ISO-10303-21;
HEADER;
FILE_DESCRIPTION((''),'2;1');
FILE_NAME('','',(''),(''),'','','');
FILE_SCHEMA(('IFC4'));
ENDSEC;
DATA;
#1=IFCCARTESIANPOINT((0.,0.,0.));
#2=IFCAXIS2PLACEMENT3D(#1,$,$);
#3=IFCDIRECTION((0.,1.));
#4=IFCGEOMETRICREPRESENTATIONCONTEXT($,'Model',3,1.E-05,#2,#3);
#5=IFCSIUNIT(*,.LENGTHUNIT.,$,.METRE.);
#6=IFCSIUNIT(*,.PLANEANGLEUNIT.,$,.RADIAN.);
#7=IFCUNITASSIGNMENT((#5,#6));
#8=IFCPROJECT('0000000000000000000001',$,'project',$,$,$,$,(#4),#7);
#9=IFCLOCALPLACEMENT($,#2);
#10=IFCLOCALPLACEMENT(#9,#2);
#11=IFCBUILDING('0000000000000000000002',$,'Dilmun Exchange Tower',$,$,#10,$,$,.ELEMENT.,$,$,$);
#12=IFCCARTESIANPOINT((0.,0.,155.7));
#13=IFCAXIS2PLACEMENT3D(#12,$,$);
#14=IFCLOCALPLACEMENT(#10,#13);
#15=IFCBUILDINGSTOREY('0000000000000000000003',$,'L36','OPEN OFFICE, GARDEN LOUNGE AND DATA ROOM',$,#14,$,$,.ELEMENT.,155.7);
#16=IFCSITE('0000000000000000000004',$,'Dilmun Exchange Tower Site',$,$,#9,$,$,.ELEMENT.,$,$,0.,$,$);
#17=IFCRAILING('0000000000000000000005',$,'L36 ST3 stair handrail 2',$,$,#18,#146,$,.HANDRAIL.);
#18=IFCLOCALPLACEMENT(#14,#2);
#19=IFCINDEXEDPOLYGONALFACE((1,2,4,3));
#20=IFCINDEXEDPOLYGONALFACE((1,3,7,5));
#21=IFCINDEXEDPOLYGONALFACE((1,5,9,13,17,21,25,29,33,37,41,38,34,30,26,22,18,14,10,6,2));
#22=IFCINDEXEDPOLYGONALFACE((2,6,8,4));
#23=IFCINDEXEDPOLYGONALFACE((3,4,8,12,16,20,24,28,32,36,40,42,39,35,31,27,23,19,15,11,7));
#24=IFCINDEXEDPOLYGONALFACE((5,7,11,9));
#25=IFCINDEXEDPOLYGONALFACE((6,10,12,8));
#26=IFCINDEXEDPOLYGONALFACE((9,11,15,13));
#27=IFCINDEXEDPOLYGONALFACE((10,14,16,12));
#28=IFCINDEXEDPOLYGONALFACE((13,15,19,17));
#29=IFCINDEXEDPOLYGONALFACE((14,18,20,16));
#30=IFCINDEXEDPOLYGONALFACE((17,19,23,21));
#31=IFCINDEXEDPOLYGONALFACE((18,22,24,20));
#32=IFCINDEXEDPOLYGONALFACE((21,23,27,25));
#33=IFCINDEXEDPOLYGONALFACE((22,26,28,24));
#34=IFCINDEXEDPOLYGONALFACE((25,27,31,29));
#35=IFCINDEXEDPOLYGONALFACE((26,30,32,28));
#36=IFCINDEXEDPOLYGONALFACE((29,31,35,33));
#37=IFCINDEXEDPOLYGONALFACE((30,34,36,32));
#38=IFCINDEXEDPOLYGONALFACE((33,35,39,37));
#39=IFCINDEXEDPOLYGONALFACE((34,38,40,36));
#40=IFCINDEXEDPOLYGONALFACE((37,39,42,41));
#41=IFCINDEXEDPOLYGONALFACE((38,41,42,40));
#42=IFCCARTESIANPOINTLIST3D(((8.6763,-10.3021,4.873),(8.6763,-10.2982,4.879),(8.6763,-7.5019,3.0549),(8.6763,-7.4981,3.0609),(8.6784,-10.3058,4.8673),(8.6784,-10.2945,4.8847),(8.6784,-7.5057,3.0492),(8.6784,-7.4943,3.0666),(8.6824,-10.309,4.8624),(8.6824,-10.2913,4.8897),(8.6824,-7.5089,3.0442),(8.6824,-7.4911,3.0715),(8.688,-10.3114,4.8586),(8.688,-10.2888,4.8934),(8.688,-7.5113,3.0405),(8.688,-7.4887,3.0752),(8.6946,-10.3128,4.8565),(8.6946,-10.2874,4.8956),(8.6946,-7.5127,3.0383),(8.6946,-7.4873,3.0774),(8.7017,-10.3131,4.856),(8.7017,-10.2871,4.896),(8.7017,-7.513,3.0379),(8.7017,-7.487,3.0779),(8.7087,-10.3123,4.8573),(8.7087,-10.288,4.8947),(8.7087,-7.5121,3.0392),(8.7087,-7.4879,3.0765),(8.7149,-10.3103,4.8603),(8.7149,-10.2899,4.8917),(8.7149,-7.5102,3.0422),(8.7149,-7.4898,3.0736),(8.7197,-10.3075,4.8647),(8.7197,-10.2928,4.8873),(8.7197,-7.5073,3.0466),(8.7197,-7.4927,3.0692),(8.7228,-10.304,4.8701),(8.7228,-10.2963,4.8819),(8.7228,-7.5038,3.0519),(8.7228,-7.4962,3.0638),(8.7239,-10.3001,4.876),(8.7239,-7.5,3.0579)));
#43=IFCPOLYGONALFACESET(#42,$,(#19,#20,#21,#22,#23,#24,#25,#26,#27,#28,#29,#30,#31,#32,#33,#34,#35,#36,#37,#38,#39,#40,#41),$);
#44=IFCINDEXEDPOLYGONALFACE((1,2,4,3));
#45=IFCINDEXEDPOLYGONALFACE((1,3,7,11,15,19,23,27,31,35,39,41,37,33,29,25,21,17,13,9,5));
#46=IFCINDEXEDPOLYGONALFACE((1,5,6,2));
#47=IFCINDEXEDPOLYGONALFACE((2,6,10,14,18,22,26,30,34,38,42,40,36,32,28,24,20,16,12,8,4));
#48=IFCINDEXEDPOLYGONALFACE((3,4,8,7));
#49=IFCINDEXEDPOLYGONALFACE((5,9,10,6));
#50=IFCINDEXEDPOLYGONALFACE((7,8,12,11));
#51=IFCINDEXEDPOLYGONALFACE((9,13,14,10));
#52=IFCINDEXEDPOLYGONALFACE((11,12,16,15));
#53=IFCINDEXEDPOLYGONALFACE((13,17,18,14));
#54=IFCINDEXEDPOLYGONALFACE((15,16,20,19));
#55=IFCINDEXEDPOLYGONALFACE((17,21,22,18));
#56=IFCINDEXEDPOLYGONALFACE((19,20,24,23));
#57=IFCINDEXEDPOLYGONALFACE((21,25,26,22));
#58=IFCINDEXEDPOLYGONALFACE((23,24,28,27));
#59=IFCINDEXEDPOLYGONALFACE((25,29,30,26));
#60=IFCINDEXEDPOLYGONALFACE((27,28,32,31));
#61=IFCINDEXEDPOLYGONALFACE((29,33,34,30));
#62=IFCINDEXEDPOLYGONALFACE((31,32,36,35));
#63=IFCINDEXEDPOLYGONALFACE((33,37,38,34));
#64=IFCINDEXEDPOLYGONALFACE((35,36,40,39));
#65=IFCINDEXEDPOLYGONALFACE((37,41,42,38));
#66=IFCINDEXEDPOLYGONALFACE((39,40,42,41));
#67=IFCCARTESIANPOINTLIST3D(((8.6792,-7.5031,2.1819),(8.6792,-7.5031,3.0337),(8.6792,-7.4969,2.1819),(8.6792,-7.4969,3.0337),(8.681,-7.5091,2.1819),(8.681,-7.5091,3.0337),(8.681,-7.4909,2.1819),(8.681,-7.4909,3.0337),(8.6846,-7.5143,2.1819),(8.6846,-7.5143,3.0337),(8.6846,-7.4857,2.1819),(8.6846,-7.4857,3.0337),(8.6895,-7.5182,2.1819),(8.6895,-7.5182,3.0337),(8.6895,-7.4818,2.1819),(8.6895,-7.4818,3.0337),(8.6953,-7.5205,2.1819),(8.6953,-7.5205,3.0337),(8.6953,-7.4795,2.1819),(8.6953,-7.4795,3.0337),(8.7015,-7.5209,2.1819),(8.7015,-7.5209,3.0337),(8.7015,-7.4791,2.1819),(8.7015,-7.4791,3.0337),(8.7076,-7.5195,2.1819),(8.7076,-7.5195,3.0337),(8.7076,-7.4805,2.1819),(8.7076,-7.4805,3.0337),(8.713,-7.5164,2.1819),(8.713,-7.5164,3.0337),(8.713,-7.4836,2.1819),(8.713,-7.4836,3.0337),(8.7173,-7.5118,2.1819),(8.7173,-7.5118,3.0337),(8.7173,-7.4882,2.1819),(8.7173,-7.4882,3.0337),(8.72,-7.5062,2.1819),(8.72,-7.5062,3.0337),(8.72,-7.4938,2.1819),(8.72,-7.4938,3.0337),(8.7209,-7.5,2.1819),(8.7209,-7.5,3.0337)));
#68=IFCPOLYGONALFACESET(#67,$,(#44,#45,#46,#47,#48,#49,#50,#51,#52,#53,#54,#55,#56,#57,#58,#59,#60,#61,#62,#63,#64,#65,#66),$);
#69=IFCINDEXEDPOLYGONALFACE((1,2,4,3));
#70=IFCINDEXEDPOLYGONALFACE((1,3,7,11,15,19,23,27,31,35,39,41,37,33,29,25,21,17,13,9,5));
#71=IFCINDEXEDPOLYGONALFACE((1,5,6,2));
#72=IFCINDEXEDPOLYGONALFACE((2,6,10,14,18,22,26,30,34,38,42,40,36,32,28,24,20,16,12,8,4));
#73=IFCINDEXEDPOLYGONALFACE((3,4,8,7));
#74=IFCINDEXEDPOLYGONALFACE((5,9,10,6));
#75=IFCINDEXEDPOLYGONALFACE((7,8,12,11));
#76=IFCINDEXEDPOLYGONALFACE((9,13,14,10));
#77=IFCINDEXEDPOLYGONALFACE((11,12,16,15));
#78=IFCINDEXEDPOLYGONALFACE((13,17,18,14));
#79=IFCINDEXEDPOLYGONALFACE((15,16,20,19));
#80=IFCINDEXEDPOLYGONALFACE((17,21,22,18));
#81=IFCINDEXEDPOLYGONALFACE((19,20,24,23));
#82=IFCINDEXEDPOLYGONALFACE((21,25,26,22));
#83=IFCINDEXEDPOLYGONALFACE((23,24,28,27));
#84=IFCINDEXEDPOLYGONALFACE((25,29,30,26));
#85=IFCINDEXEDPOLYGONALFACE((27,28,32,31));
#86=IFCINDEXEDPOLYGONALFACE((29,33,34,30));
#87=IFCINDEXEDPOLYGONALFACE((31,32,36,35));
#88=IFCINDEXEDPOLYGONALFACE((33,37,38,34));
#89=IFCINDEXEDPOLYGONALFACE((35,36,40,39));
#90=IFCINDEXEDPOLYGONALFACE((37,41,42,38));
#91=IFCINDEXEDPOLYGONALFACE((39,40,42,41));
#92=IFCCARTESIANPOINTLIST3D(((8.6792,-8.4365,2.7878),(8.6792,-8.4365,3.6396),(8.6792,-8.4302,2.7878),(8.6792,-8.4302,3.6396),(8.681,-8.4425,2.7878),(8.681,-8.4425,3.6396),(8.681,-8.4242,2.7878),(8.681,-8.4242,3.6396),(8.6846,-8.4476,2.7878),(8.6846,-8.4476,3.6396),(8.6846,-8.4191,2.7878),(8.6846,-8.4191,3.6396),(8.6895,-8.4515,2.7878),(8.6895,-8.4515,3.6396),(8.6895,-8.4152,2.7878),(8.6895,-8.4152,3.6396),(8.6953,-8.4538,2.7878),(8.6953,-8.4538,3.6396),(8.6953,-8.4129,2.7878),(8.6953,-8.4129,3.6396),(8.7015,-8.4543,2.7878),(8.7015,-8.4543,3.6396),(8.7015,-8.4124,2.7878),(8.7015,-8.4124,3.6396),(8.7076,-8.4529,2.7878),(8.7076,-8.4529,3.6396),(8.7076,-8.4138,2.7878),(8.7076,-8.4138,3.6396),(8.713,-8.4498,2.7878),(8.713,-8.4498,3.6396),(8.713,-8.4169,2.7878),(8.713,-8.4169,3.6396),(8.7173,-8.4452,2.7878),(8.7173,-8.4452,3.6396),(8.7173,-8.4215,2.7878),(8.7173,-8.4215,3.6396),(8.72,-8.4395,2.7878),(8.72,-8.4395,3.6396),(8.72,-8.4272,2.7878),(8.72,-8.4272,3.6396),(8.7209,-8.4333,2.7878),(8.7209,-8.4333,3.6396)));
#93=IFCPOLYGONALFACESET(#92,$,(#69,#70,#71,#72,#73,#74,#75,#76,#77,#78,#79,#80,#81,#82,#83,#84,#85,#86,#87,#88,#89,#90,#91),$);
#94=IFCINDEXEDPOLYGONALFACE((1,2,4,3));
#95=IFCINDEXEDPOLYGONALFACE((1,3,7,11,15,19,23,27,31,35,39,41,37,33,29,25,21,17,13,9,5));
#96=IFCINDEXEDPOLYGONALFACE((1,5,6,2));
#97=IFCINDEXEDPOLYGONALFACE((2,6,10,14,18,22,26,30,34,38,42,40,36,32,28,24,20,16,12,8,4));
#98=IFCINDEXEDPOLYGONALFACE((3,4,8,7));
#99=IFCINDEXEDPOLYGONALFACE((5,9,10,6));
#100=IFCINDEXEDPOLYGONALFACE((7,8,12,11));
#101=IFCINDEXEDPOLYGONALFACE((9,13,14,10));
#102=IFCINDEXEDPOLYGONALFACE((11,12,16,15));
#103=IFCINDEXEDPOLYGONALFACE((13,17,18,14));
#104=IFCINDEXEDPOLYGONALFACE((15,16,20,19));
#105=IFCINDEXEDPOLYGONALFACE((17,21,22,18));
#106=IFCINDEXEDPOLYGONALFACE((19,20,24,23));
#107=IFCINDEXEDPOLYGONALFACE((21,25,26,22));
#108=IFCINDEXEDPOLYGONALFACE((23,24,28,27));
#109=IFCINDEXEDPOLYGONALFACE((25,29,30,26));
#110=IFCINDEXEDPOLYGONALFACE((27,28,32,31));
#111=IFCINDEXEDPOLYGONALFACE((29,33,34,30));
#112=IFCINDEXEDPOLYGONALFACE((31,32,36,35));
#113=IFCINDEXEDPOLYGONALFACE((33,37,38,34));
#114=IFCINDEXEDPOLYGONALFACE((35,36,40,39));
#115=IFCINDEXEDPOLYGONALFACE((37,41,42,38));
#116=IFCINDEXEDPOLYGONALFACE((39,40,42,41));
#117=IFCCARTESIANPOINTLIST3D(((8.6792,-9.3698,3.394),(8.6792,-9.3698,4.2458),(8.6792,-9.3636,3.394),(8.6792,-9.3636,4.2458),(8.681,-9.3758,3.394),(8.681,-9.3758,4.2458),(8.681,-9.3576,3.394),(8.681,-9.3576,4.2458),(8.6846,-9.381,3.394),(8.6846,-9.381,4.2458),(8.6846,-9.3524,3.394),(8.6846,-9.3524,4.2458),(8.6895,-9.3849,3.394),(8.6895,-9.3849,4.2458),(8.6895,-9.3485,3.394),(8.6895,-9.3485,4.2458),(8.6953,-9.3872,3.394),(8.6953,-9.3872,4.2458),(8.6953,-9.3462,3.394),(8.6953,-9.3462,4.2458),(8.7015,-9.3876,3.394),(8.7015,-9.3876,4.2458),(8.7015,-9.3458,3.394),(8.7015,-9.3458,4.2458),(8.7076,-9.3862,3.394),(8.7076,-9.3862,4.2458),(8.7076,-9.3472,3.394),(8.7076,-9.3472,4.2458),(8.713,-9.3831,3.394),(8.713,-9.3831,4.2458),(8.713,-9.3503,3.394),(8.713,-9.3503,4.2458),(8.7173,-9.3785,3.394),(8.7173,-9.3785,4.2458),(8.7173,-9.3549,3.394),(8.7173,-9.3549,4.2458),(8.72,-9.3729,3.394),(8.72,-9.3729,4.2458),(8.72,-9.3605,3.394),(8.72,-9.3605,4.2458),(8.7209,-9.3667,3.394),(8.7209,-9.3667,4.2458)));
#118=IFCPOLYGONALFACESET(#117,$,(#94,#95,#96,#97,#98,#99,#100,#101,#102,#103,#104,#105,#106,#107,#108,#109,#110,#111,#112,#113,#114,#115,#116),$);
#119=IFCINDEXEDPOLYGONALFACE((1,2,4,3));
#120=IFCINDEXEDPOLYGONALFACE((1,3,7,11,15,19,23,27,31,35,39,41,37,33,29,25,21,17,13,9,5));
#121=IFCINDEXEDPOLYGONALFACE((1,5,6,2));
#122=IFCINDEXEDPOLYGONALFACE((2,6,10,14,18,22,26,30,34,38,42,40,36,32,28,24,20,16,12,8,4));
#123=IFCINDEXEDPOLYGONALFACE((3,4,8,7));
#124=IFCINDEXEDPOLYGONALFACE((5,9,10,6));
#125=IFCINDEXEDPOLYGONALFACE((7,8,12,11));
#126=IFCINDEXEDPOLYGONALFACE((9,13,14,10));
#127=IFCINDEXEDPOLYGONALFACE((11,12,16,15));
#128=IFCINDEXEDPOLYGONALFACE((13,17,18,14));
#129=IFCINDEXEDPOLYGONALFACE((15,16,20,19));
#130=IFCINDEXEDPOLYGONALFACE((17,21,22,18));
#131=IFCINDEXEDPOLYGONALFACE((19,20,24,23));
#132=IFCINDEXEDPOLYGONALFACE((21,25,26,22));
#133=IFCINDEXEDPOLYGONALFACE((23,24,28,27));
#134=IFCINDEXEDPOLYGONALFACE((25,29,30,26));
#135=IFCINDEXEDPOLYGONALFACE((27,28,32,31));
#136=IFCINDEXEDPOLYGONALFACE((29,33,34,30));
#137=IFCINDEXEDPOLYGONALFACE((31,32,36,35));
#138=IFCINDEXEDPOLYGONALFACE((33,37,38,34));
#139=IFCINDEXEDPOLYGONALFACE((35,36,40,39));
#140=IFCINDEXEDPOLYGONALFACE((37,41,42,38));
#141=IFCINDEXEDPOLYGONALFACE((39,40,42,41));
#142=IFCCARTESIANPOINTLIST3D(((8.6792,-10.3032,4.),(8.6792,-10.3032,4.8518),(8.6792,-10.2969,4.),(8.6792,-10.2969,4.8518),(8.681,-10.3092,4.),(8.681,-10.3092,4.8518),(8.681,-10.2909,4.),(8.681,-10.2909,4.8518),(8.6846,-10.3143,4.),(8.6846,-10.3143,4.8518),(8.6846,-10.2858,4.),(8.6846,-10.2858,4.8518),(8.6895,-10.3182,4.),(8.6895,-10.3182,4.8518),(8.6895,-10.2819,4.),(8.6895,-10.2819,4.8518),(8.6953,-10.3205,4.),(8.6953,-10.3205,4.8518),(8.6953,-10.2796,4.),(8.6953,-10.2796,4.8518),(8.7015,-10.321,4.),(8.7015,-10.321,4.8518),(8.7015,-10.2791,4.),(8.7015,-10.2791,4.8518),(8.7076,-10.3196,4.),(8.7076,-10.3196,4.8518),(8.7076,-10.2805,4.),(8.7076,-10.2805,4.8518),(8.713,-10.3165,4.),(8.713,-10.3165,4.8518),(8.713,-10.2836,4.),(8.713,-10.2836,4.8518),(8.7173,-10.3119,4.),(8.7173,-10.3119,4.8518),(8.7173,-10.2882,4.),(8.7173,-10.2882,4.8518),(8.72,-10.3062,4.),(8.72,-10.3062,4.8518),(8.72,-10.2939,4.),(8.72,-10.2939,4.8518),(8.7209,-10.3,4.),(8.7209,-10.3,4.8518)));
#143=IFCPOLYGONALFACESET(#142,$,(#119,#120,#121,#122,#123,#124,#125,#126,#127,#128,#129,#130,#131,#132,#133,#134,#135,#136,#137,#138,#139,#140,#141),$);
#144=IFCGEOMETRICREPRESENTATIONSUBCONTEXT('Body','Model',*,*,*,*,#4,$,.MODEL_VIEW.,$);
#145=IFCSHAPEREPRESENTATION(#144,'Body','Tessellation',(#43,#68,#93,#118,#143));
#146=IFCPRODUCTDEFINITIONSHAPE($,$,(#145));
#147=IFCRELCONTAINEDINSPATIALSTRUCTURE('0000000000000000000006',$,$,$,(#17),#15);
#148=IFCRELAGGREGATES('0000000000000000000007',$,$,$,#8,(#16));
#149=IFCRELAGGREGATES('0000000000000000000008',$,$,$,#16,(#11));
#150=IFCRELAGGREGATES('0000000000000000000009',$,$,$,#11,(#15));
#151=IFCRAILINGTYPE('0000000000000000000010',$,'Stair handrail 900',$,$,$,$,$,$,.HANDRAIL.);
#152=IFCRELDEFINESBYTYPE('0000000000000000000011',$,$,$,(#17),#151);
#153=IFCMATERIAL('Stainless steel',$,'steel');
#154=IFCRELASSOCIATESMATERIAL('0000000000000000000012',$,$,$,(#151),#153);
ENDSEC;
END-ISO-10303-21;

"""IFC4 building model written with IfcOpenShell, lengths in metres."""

from ifc_helpers import new_model, si_unit, direction, frame, origin, origin_2d, place, context, subcontext, project, spatial, circle, extrude, material, type_object, element, save


model = new_model("IFC4")

# Units and contexts
model_context = context("Model", 3, precision=1e-05, world=origin(), true_north=direction((0.0, 1.0)))
body_context = subcontext(model_context, "Body", "Model", "MODEL_VIEW")
ifc_project = project(units=[si_unit("LENGTHUNIT", "METRE"), si_unit("PLANEANGLEUNIT", "RADIAN")], contexts=[model_context])

# Site, building, storey
site_placement = place(None, origin())
site = spatial("IfcSite", under=ifc_project, at=site_placement, Name="Dilmun Exchange Tower Site", CompositionType="ELEMENT", RefElevation=0.0)
building_placement = place(site_placement, origin())
building = spatial("IfcBuilding", under=site, at=building_placement, Name="Dilmun Exchange Tower", CompositionType="ELEMENT")
storey_placement = place(building_placement, frame((0.0, 0.0, 155.7)))
storey = spatial("IfcBuildingStorey", under=building, at=storey_placement, Name="L36", Description="OPEN OFFICE, GARDEN LOUNGE AND DATA ROOM", CompositionType="ELEMENT", Elevation=155.7)

# Railing
ifc_material_1 = material(Name="Stainless steel", Category="steel")
railing_type = type_object("IfcRailingType", Name="Stair handrail 900", PredefinedType="HANDRAIL", material=ifc_material_1)
railing_placement = place(storey_placement, frame((8.7, -7.5, 2.1819)))
element("IfcRailing", 1, at=railing_placement, inside=storey, type_object=railing_type, Name="L36 ST3 stair handrail 2", PredefinedType="HANDRAIL", context=body_context, shape_type="SweptSolid", body=[
    extrude(circle(Radius=0.0239, at=origin_2d()), frame((0.0, 0.0, 0.876), z_axis=(0.0, -0.838706, 0.544585), x_axis=(1.0, 0.0, 0.0)), (0.0, 0.0, 1.0), 3.3386),
    extrude(circle(Radius=0.021, at=origin_2d()), origin(), (0.0, 0.0, 1.0), 0.8518),
    extrude(circle(Radius=0.021, at=origin_2d()), frame((0.0, -0.9333, 0.606)), (0.0, 0.0, 1.0), 0.8518),
    extrude(circle(Radius=0.021, at=origin_2d()), frame((0.0, -1.8667, 1.2122)), (0.0, 0.0, 1.0), 0.8518),
    extrude(circle(Radius=0.021, at=origin_2d()), frame((0.0, -2.8, 1.8181)), (0.0, 0.0, 1.0), 0.8518),
])

save(model, "model.ifc")
